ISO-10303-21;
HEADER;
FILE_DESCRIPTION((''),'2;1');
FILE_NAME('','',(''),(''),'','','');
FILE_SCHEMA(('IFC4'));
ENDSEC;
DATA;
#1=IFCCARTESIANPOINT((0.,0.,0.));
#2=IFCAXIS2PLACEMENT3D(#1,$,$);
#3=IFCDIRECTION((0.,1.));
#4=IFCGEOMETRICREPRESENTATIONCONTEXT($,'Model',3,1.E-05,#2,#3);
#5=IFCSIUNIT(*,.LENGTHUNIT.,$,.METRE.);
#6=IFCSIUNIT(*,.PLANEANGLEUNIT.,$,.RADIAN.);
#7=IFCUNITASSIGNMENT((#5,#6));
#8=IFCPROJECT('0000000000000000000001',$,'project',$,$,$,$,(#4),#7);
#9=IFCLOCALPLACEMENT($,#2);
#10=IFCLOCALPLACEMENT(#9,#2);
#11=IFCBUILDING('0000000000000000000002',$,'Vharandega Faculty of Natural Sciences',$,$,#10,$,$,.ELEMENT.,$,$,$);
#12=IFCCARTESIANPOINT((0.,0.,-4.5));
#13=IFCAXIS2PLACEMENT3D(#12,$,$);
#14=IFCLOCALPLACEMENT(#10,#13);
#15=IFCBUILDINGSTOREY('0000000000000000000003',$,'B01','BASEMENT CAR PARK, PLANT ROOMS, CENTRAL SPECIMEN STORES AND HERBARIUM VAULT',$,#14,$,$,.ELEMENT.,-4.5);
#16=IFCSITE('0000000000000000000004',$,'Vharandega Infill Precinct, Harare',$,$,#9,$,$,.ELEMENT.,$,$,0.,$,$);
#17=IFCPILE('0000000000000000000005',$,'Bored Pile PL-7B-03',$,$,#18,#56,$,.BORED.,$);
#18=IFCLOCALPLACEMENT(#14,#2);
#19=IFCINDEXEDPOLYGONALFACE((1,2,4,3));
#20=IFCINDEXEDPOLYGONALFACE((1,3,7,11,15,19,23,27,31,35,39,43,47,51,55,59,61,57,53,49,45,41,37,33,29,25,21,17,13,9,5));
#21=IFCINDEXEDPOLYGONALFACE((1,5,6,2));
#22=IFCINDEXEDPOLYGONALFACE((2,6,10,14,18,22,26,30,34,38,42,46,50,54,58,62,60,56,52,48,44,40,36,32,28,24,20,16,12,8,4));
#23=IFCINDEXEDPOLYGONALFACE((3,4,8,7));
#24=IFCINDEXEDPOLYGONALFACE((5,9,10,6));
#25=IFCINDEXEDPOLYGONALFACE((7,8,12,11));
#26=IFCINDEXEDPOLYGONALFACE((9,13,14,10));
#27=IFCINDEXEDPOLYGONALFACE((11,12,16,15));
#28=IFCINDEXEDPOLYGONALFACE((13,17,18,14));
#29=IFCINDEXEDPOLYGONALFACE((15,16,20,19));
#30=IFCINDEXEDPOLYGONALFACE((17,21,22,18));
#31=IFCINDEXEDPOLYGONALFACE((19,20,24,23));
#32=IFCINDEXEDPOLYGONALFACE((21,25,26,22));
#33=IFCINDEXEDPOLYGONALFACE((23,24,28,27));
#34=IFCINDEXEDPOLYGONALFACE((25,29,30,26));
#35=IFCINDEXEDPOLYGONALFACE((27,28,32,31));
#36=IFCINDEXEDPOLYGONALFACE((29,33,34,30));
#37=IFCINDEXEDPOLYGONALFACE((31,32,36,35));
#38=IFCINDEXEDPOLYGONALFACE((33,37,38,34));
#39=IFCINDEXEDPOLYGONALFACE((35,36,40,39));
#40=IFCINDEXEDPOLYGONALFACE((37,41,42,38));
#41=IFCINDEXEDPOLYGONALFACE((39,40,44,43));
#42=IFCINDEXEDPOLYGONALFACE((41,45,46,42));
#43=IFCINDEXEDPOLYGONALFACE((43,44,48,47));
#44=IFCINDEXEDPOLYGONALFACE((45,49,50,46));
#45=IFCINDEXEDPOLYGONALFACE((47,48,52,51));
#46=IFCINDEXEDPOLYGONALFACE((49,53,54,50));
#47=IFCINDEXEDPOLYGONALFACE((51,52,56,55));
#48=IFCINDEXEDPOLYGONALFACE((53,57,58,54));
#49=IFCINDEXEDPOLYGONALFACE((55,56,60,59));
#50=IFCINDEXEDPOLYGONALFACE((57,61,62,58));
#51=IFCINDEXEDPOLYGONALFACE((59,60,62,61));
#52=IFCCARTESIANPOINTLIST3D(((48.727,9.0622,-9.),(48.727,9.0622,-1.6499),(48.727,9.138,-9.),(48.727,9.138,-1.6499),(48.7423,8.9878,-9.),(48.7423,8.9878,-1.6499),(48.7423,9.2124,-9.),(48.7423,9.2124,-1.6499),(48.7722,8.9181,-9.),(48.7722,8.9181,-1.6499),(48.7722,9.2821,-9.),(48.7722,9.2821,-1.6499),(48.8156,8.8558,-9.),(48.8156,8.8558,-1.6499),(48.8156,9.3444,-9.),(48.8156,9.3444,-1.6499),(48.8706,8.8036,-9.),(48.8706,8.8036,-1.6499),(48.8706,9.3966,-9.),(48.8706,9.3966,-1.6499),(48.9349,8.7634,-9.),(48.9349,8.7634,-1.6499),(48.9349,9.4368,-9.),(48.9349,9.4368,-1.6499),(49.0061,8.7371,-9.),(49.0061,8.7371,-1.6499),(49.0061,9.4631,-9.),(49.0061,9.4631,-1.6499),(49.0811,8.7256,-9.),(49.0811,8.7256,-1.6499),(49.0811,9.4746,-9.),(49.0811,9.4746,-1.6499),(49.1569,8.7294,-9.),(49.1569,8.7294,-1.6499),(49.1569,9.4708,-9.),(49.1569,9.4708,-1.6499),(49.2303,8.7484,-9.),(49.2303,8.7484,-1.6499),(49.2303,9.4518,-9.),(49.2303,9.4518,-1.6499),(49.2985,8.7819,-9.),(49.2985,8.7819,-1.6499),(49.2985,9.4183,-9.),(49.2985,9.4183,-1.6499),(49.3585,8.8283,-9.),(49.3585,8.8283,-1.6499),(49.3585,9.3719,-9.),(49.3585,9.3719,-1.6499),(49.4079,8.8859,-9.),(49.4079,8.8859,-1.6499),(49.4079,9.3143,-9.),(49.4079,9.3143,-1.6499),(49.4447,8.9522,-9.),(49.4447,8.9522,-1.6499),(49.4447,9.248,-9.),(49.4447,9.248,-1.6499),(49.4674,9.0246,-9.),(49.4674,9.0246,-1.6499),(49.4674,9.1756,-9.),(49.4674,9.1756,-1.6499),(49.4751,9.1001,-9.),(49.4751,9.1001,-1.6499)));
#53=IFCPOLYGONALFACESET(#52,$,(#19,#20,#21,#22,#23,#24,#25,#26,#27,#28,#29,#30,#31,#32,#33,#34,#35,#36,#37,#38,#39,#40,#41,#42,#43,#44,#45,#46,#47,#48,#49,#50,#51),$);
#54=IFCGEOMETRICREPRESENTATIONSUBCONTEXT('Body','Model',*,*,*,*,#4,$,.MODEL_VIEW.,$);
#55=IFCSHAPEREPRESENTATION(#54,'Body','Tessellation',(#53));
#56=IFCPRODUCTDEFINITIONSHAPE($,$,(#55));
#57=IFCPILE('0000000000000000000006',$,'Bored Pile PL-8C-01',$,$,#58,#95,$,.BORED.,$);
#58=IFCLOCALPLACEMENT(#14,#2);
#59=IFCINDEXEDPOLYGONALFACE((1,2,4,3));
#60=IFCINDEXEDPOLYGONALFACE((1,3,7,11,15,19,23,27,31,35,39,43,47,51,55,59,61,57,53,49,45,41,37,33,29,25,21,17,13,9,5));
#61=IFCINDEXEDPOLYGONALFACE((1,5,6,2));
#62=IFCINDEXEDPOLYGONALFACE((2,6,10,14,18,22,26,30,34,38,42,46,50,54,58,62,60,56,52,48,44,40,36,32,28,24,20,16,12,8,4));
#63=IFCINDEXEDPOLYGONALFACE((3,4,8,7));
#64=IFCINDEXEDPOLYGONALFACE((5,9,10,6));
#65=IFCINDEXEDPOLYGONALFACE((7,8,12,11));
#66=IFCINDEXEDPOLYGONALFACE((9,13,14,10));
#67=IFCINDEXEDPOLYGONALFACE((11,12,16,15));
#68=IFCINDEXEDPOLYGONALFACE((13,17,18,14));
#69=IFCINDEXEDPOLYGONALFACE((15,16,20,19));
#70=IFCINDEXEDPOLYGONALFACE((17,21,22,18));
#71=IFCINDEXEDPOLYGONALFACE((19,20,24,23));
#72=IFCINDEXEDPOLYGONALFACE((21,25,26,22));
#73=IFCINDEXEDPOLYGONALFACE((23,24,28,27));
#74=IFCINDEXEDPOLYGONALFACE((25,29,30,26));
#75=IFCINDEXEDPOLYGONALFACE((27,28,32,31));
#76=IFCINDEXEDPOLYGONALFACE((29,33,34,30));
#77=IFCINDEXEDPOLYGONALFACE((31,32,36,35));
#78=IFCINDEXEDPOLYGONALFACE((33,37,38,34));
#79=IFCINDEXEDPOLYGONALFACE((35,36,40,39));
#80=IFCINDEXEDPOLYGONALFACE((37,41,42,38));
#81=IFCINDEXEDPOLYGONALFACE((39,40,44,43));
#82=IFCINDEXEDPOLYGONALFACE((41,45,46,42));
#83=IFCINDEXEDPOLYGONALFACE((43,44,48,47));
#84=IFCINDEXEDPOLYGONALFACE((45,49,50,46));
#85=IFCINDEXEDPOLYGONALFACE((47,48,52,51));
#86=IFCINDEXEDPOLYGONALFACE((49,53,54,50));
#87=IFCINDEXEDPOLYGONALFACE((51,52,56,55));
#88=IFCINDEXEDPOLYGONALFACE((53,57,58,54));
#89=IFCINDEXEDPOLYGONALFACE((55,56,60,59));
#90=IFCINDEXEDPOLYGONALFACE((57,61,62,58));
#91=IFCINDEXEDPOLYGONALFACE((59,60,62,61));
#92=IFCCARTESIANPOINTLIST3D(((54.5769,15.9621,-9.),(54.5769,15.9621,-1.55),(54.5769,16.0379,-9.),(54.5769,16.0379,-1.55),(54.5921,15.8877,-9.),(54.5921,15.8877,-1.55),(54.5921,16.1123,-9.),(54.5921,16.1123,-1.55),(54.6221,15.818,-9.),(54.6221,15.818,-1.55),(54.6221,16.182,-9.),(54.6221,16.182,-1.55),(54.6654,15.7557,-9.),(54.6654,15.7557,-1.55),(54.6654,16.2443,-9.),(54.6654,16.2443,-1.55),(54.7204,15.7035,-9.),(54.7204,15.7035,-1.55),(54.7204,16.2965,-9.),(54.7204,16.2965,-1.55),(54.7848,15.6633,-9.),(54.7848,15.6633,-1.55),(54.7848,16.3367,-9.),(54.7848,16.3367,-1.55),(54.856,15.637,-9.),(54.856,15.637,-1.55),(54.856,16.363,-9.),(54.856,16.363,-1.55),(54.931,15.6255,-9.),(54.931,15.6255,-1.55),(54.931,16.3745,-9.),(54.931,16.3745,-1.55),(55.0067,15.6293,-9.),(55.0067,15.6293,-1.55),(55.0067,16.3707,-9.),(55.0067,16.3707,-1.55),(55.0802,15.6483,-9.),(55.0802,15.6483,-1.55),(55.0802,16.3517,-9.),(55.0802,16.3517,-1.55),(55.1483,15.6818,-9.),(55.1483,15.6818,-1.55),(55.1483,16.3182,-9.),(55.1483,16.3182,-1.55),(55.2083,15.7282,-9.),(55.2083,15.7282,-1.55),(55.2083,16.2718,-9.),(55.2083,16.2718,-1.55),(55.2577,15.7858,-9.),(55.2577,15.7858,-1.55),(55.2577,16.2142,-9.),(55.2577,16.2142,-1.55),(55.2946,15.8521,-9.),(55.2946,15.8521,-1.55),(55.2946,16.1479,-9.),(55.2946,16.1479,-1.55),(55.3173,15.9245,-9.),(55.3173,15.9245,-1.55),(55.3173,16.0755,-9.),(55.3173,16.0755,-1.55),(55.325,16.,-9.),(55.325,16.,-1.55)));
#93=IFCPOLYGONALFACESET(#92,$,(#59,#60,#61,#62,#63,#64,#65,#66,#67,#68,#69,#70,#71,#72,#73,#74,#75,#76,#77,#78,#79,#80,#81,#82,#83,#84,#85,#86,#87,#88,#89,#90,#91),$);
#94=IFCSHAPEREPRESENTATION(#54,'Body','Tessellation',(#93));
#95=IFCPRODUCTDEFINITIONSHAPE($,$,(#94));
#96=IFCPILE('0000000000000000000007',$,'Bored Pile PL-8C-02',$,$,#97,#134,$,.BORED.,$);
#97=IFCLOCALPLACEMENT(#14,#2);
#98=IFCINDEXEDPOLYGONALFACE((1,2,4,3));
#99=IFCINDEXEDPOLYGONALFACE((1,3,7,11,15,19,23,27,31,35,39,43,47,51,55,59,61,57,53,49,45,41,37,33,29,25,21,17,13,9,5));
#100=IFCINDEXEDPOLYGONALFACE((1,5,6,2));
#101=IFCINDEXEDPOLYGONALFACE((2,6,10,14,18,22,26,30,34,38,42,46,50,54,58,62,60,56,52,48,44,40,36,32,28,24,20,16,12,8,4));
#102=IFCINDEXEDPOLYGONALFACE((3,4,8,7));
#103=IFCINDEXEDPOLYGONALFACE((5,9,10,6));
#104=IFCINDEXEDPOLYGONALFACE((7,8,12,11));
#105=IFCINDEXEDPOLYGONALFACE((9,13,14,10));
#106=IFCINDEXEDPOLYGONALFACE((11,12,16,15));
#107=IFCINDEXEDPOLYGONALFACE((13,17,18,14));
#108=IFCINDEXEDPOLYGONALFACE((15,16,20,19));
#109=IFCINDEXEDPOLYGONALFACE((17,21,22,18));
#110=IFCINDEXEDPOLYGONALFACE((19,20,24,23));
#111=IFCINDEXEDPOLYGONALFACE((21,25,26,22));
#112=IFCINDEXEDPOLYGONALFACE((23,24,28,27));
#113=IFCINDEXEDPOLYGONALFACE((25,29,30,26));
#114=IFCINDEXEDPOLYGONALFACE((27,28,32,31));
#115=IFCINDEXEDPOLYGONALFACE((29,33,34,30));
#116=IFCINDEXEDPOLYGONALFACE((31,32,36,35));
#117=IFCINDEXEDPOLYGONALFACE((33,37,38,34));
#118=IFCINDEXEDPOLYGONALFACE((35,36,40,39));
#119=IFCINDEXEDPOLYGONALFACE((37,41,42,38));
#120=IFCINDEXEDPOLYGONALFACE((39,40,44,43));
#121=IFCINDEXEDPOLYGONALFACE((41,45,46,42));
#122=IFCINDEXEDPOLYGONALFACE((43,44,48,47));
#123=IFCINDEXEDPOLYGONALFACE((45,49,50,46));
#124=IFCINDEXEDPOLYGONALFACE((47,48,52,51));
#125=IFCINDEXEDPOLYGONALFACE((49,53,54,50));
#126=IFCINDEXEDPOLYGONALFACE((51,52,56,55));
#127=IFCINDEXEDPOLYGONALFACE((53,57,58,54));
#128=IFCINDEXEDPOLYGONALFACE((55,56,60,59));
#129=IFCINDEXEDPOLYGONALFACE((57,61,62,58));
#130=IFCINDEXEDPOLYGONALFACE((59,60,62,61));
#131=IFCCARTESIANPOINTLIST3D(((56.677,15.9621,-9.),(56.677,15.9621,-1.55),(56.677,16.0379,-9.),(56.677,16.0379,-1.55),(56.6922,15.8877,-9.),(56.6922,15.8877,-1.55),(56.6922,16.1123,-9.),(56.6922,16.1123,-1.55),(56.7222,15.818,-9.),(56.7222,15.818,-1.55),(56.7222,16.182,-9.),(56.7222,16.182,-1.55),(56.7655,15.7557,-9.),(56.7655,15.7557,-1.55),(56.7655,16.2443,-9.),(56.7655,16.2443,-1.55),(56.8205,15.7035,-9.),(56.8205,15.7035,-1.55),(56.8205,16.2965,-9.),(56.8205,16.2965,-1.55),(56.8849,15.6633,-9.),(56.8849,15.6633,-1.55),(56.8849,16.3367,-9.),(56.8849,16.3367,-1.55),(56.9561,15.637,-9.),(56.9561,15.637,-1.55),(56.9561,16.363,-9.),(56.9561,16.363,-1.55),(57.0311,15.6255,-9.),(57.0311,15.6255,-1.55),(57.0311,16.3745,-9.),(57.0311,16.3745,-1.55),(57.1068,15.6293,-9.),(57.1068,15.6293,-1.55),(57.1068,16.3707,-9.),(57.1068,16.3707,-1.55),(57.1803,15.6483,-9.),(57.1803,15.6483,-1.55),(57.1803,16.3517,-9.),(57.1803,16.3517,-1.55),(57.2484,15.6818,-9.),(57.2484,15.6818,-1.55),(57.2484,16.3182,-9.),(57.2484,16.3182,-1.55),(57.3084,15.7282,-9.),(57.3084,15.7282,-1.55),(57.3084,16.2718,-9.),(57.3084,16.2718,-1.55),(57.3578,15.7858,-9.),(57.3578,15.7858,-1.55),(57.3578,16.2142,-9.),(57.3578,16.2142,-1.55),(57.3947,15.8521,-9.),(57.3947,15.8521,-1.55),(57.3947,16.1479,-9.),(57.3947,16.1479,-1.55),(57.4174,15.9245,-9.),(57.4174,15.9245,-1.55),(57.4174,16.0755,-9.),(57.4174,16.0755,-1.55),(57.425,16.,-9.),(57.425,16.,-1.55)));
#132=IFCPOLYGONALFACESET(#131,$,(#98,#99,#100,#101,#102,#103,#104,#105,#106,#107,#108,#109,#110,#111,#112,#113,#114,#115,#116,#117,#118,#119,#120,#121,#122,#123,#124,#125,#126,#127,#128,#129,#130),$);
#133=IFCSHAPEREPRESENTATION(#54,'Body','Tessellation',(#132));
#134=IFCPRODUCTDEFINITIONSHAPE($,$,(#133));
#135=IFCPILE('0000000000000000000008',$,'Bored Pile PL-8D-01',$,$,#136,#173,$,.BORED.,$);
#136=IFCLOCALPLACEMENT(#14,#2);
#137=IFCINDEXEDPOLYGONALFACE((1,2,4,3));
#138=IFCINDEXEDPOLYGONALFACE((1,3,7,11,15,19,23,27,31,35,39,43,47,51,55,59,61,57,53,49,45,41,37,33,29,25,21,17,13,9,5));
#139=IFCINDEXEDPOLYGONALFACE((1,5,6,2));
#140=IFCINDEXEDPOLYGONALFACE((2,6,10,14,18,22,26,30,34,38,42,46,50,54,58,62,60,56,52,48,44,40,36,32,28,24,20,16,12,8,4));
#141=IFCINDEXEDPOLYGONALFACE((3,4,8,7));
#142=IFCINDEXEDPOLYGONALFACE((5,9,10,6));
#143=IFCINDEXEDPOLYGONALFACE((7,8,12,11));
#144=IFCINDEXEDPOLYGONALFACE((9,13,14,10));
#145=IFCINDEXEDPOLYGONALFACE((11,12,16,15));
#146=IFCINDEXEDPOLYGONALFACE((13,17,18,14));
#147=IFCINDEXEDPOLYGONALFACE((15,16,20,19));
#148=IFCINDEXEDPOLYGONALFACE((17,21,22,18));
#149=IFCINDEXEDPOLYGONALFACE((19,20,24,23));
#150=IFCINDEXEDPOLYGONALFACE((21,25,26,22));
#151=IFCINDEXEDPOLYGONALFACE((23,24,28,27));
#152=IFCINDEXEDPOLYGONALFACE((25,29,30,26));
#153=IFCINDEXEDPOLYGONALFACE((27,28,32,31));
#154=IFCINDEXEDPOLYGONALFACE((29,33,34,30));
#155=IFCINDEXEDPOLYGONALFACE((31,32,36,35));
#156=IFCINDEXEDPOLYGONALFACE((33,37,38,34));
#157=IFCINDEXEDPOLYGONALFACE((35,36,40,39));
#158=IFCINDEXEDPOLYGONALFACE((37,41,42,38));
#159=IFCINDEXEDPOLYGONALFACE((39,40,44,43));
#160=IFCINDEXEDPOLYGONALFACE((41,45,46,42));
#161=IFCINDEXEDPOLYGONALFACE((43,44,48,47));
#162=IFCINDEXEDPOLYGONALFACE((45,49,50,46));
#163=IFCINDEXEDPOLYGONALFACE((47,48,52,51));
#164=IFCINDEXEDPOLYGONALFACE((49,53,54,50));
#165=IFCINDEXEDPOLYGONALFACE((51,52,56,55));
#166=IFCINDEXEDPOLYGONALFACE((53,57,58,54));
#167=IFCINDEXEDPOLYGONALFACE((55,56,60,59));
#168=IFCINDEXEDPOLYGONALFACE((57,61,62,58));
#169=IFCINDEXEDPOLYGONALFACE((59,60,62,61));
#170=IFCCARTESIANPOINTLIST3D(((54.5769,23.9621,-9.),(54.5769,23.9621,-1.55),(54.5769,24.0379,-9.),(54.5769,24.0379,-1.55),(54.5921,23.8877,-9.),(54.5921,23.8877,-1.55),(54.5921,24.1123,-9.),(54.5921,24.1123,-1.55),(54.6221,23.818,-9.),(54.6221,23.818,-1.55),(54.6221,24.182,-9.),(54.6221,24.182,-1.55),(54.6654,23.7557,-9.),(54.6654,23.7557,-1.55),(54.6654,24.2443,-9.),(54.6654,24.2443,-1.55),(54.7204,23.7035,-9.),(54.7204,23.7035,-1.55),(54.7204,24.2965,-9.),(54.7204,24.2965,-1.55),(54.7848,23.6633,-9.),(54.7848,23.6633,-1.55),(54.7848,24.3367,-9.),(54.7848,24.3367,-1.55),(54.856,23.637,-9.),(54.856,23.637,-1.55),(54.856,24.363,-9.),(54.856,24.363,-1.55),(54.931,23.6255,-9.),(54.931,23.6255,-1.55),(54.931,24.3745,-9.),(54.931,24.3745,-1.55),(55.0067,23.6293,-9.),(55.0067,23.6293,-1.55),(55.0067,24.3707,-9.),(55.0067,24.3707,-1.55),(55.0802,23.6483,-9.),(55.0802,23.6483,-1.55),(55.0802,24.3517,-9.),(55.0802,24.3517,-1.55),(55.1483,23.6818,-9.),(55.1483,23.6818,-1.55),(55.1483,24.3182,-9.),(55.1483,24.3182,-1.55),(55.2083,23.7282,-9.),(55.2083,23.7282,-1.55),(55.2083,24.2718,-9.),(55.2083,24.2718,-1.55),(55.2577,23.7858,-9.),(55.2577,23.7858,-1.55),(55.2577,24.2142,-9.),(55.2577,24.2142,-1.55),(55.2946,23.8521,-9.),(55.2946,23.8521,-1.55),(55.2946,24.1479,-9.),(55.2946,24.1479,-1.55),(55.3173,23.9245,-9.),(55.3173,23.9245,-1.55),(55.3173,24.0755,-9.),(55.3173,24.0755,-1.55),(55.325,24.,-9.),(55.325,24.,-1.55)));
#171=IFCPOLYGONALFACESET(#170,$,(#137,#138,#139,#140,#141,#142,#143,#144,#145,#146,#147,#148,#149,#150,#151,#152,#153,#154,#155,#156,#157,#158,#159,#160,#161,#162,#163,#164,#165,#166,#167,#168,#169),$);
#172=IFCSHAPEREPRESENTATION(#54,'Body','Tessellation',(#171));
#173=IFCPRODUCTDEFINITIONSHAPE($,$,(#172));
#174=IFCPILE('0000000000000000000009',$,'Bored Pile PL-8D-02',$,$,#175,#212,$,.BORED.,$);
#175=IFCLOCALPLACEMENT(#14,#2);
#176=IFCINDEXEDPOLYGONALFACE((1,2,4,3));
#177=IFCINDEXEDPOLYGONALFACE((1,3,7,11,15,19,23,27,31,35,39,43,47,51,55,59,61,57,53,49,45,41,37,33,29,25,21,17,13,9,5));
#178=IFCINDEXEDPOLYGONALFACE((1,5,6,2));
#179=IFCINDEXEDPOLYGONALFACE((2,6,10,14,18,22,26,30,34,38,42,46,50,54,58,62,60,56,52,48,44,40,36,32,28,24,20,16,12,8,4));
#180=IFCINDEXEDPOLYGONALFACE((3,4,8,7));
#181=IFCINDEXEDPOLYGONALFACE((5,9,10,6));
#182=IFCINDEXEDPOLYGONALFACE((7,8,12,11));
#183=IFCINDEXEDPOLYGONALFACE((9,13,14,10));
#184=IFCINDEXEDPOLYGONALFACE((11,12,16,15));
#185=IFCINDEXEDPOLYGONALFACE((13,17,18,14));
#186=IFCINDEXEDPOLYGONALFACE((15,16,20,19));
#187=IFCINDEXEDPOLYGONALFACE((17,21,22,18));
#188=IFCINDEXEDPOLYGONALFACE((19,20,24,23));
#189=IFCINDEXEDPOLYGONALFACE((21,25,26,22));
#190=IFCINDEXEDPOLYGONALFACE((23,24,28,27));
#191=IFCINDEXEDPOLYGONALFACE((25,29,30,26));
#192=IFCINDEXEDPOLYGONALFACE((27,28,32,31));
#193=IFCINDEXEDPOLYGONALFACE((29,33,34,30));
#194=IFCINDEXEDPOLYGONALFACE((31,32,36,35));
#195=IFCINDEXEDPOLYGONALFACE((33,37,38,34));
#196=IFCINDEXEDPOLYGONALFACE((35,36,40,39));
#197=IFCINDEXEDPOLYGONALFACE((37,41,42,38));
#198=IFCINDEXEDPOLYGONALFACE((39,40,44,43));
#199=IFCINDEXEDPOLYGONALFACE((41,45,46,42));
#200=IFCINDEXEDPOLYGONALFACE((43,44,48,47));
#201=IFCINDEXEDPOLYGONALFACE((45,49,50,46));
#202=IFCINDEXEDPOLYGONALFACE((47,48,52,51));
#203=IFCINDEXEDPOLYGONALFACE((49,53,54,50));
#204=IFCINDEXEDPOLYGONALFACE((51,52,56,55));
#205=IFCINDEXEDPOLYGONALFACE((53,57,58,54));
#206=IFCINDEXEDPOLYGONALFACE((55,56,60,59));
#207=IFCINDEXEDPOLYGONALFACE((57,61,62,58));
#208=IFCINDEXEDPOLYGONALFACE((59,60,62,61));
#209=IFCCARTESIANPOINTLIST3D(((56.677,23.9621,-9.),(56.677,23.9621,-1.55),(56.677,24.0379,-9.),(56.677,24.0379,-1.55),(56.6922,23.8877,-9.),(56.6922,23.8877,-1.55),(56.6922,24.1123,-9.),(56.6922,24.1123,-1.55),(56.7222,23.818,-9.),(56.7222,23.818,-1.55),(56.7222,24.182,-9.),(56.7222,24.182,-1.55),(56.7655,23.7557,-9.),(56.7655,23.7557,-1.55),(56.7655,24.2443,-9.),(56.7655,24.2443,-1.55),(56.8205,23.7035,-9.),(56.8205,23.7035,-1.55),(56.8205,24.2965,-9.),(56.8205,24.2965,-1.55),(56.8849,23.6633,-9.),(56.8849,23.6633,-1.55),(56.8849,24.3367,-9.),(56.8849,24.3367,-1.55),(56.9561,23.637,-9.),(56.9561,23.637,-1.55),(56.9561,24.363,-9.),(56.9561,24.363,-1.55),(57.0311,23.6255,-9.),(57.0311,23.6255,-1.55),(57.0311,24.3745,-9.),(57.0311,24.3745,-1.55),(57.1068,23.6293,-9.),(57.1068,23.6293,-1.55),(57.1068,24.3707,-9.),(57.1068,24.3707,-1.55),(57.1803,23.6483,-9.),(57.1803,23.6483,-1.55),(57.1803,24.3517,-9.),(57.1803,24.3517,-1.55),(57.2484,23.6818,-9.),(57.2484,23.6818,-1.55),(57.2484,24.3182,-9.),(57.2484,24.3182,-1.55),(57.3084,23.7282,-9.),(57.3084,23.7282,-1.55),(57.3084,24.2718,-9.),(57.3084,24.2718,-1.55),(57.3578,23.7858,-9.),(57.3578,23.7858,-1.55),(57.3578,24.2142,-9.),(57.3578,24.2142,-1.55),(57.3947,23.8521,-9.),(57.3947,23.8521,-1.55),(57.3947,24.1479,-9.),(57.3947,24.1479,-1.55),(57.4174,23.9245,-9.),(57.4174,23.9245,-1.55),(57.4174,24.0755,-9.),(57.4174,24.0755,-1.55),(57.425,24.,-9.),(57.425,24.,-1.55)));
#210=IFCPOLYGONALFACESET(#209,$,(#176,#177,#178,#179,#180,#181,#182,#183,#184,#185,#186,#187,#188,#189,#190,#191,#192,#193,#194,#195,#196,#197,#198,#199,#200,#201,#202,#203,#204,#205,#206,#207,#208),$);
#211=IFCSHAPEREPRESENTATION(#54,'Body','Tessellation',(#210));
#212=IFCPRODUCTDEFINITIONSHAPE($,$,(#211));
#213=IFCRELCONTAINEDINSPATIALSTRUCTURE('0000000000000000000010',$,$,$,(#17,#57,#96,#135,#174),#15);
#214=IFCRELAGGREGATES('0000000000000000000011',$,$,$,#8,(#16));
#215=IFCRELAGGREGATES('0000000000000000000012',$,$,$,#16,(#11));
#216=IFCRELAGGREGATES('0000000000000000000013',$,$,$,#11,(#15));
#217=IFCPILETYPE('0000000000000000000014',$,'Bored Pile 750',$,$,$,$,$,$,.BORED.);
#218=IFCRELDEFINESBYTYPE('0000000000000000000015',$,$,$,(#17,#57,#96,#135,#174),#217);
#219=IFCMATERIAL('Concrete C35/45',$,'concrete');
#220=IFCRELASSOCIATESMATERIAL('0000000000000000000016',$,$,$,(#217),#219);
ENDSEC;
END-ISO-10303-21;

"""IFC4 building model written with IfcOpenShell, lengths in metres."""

from ifc_helpers import new_model, si_unit, direction, frame, origin, origin_2d, place, context, subcontext, project, spatial, circle, extrude, material, material_profile, profile_set, type_object, element, save


model = new_model("IFC4")

# Units and contexts
model_context = context("Model", 3, precision=1e-05, world=origin(), true_north=direction((0.0, 1.0)))
body_context = subcontext(model_context, "Body", "Model", "MODEL_VIEW")
ifc_project = project(units=[si_unit("LENGTHUNIT", "METRE"), si_unit("PLANEANGLEUNIT", "RADIAN")], contexts=[model_context])

# Site, building, storey
site_placement = place(None, origin())
site = spatial("IfcSite", under=ifc_project, at=site_placement, Name="Vharandega Infill Precinct, Harare", CompositionType="ELEMENT", RefElevation=0.0)
building_placement = place(site_placement, origin())
building = spatial("IfcBuilding", under=site, at=building_placement, Name="Vharandega Faculty of Natural Sciences", CompositionType="ELEMENT")
storey_placement = place(building_placement, frame((0.0, 0.0, -4.5)))
storey = spatial("IfcBuildingStorey", under=building, at=storey_placement, Name="B01", Description="BASEMENT CAR PARK, PLANT ROOMS, CENTRAL SPECIMEN STORES AND HERBARIUM VAULT", CompositionType="ELEMENT", Elevation=-4.5)

# Piles
ifc_material_1 = material(Name="Concrete C35/45", Category="concrete")
ifc_material_profile_1 = material_profile(ifc_material_1, circle(Radius=0.375, at=origin_2d()), Name="PILE 750")
ifc_profile_set_1 = profile_set([ifc_material_profile_1], Name="Concrete C35/45")
pile_type_1 = type_object("IfcPileType", Name="Bored Pile 750", PredefinedType="BORED", material=ifc_profile_set_1)
pile_placement = place(storey_placement, frame((49.1001, 9.1001, -1.6499), z_axis=(0.0, 0.0, -1.0), x_axis=(1.0, 0.0, 0.0)))
element("IfcPile", 1, at=pile_placement, inside=storey, type_object=pile_type_1, Name="Bored Pile PL-7B-03", PredefinedType="BORED", context=body_context, shape_type="SweptSolid", body=[
    extrude(circle(Radius=0.375, at=origin_2d()), origin(), (0.0, 0.0, 1.0), 7.3501),
])
for number, where, z_axis, x_axis, name in (
    (2, (54.95, 16.0, -1.55), (0.0, 0.0, -1.0), (1.0, 0.0, 0.0), "Bored Pile PL-8C-01"),
    (3, (57.05, 16.0, -1.55), (0.0, 0.0, -1.0), (1.0, 0.0, 0.0), "Bored Pile PL-8C-02"),
    (4, (54.95, 24.0, -1.55), (0.0, 0.0, -1.0), (1.0, 0.0, 0.0), "Bored Pile PL-8D-01"),
    (5, (57.05, 24.0, -1.55), (0.0, 0.0, -1.0), (1.0, 0.0, 0.0), "Bored Pile PL-8D-02"),
):
    element("IfcPile", number, at=place(storey_placement, frame(where, z_axis=z_axis, x_axis=x_axis)), inside=storey, type_object=pile_type_1, Name=name, PredefinedType="BORED", context=body_context, shape_type="SweptSolid", body=[
        extrude(circle(Radius=0.375, at=origin_2d()), origin(), (0.0, 0.0, 1.0), 7.45),
    ])

save(model, "model.ifc")
